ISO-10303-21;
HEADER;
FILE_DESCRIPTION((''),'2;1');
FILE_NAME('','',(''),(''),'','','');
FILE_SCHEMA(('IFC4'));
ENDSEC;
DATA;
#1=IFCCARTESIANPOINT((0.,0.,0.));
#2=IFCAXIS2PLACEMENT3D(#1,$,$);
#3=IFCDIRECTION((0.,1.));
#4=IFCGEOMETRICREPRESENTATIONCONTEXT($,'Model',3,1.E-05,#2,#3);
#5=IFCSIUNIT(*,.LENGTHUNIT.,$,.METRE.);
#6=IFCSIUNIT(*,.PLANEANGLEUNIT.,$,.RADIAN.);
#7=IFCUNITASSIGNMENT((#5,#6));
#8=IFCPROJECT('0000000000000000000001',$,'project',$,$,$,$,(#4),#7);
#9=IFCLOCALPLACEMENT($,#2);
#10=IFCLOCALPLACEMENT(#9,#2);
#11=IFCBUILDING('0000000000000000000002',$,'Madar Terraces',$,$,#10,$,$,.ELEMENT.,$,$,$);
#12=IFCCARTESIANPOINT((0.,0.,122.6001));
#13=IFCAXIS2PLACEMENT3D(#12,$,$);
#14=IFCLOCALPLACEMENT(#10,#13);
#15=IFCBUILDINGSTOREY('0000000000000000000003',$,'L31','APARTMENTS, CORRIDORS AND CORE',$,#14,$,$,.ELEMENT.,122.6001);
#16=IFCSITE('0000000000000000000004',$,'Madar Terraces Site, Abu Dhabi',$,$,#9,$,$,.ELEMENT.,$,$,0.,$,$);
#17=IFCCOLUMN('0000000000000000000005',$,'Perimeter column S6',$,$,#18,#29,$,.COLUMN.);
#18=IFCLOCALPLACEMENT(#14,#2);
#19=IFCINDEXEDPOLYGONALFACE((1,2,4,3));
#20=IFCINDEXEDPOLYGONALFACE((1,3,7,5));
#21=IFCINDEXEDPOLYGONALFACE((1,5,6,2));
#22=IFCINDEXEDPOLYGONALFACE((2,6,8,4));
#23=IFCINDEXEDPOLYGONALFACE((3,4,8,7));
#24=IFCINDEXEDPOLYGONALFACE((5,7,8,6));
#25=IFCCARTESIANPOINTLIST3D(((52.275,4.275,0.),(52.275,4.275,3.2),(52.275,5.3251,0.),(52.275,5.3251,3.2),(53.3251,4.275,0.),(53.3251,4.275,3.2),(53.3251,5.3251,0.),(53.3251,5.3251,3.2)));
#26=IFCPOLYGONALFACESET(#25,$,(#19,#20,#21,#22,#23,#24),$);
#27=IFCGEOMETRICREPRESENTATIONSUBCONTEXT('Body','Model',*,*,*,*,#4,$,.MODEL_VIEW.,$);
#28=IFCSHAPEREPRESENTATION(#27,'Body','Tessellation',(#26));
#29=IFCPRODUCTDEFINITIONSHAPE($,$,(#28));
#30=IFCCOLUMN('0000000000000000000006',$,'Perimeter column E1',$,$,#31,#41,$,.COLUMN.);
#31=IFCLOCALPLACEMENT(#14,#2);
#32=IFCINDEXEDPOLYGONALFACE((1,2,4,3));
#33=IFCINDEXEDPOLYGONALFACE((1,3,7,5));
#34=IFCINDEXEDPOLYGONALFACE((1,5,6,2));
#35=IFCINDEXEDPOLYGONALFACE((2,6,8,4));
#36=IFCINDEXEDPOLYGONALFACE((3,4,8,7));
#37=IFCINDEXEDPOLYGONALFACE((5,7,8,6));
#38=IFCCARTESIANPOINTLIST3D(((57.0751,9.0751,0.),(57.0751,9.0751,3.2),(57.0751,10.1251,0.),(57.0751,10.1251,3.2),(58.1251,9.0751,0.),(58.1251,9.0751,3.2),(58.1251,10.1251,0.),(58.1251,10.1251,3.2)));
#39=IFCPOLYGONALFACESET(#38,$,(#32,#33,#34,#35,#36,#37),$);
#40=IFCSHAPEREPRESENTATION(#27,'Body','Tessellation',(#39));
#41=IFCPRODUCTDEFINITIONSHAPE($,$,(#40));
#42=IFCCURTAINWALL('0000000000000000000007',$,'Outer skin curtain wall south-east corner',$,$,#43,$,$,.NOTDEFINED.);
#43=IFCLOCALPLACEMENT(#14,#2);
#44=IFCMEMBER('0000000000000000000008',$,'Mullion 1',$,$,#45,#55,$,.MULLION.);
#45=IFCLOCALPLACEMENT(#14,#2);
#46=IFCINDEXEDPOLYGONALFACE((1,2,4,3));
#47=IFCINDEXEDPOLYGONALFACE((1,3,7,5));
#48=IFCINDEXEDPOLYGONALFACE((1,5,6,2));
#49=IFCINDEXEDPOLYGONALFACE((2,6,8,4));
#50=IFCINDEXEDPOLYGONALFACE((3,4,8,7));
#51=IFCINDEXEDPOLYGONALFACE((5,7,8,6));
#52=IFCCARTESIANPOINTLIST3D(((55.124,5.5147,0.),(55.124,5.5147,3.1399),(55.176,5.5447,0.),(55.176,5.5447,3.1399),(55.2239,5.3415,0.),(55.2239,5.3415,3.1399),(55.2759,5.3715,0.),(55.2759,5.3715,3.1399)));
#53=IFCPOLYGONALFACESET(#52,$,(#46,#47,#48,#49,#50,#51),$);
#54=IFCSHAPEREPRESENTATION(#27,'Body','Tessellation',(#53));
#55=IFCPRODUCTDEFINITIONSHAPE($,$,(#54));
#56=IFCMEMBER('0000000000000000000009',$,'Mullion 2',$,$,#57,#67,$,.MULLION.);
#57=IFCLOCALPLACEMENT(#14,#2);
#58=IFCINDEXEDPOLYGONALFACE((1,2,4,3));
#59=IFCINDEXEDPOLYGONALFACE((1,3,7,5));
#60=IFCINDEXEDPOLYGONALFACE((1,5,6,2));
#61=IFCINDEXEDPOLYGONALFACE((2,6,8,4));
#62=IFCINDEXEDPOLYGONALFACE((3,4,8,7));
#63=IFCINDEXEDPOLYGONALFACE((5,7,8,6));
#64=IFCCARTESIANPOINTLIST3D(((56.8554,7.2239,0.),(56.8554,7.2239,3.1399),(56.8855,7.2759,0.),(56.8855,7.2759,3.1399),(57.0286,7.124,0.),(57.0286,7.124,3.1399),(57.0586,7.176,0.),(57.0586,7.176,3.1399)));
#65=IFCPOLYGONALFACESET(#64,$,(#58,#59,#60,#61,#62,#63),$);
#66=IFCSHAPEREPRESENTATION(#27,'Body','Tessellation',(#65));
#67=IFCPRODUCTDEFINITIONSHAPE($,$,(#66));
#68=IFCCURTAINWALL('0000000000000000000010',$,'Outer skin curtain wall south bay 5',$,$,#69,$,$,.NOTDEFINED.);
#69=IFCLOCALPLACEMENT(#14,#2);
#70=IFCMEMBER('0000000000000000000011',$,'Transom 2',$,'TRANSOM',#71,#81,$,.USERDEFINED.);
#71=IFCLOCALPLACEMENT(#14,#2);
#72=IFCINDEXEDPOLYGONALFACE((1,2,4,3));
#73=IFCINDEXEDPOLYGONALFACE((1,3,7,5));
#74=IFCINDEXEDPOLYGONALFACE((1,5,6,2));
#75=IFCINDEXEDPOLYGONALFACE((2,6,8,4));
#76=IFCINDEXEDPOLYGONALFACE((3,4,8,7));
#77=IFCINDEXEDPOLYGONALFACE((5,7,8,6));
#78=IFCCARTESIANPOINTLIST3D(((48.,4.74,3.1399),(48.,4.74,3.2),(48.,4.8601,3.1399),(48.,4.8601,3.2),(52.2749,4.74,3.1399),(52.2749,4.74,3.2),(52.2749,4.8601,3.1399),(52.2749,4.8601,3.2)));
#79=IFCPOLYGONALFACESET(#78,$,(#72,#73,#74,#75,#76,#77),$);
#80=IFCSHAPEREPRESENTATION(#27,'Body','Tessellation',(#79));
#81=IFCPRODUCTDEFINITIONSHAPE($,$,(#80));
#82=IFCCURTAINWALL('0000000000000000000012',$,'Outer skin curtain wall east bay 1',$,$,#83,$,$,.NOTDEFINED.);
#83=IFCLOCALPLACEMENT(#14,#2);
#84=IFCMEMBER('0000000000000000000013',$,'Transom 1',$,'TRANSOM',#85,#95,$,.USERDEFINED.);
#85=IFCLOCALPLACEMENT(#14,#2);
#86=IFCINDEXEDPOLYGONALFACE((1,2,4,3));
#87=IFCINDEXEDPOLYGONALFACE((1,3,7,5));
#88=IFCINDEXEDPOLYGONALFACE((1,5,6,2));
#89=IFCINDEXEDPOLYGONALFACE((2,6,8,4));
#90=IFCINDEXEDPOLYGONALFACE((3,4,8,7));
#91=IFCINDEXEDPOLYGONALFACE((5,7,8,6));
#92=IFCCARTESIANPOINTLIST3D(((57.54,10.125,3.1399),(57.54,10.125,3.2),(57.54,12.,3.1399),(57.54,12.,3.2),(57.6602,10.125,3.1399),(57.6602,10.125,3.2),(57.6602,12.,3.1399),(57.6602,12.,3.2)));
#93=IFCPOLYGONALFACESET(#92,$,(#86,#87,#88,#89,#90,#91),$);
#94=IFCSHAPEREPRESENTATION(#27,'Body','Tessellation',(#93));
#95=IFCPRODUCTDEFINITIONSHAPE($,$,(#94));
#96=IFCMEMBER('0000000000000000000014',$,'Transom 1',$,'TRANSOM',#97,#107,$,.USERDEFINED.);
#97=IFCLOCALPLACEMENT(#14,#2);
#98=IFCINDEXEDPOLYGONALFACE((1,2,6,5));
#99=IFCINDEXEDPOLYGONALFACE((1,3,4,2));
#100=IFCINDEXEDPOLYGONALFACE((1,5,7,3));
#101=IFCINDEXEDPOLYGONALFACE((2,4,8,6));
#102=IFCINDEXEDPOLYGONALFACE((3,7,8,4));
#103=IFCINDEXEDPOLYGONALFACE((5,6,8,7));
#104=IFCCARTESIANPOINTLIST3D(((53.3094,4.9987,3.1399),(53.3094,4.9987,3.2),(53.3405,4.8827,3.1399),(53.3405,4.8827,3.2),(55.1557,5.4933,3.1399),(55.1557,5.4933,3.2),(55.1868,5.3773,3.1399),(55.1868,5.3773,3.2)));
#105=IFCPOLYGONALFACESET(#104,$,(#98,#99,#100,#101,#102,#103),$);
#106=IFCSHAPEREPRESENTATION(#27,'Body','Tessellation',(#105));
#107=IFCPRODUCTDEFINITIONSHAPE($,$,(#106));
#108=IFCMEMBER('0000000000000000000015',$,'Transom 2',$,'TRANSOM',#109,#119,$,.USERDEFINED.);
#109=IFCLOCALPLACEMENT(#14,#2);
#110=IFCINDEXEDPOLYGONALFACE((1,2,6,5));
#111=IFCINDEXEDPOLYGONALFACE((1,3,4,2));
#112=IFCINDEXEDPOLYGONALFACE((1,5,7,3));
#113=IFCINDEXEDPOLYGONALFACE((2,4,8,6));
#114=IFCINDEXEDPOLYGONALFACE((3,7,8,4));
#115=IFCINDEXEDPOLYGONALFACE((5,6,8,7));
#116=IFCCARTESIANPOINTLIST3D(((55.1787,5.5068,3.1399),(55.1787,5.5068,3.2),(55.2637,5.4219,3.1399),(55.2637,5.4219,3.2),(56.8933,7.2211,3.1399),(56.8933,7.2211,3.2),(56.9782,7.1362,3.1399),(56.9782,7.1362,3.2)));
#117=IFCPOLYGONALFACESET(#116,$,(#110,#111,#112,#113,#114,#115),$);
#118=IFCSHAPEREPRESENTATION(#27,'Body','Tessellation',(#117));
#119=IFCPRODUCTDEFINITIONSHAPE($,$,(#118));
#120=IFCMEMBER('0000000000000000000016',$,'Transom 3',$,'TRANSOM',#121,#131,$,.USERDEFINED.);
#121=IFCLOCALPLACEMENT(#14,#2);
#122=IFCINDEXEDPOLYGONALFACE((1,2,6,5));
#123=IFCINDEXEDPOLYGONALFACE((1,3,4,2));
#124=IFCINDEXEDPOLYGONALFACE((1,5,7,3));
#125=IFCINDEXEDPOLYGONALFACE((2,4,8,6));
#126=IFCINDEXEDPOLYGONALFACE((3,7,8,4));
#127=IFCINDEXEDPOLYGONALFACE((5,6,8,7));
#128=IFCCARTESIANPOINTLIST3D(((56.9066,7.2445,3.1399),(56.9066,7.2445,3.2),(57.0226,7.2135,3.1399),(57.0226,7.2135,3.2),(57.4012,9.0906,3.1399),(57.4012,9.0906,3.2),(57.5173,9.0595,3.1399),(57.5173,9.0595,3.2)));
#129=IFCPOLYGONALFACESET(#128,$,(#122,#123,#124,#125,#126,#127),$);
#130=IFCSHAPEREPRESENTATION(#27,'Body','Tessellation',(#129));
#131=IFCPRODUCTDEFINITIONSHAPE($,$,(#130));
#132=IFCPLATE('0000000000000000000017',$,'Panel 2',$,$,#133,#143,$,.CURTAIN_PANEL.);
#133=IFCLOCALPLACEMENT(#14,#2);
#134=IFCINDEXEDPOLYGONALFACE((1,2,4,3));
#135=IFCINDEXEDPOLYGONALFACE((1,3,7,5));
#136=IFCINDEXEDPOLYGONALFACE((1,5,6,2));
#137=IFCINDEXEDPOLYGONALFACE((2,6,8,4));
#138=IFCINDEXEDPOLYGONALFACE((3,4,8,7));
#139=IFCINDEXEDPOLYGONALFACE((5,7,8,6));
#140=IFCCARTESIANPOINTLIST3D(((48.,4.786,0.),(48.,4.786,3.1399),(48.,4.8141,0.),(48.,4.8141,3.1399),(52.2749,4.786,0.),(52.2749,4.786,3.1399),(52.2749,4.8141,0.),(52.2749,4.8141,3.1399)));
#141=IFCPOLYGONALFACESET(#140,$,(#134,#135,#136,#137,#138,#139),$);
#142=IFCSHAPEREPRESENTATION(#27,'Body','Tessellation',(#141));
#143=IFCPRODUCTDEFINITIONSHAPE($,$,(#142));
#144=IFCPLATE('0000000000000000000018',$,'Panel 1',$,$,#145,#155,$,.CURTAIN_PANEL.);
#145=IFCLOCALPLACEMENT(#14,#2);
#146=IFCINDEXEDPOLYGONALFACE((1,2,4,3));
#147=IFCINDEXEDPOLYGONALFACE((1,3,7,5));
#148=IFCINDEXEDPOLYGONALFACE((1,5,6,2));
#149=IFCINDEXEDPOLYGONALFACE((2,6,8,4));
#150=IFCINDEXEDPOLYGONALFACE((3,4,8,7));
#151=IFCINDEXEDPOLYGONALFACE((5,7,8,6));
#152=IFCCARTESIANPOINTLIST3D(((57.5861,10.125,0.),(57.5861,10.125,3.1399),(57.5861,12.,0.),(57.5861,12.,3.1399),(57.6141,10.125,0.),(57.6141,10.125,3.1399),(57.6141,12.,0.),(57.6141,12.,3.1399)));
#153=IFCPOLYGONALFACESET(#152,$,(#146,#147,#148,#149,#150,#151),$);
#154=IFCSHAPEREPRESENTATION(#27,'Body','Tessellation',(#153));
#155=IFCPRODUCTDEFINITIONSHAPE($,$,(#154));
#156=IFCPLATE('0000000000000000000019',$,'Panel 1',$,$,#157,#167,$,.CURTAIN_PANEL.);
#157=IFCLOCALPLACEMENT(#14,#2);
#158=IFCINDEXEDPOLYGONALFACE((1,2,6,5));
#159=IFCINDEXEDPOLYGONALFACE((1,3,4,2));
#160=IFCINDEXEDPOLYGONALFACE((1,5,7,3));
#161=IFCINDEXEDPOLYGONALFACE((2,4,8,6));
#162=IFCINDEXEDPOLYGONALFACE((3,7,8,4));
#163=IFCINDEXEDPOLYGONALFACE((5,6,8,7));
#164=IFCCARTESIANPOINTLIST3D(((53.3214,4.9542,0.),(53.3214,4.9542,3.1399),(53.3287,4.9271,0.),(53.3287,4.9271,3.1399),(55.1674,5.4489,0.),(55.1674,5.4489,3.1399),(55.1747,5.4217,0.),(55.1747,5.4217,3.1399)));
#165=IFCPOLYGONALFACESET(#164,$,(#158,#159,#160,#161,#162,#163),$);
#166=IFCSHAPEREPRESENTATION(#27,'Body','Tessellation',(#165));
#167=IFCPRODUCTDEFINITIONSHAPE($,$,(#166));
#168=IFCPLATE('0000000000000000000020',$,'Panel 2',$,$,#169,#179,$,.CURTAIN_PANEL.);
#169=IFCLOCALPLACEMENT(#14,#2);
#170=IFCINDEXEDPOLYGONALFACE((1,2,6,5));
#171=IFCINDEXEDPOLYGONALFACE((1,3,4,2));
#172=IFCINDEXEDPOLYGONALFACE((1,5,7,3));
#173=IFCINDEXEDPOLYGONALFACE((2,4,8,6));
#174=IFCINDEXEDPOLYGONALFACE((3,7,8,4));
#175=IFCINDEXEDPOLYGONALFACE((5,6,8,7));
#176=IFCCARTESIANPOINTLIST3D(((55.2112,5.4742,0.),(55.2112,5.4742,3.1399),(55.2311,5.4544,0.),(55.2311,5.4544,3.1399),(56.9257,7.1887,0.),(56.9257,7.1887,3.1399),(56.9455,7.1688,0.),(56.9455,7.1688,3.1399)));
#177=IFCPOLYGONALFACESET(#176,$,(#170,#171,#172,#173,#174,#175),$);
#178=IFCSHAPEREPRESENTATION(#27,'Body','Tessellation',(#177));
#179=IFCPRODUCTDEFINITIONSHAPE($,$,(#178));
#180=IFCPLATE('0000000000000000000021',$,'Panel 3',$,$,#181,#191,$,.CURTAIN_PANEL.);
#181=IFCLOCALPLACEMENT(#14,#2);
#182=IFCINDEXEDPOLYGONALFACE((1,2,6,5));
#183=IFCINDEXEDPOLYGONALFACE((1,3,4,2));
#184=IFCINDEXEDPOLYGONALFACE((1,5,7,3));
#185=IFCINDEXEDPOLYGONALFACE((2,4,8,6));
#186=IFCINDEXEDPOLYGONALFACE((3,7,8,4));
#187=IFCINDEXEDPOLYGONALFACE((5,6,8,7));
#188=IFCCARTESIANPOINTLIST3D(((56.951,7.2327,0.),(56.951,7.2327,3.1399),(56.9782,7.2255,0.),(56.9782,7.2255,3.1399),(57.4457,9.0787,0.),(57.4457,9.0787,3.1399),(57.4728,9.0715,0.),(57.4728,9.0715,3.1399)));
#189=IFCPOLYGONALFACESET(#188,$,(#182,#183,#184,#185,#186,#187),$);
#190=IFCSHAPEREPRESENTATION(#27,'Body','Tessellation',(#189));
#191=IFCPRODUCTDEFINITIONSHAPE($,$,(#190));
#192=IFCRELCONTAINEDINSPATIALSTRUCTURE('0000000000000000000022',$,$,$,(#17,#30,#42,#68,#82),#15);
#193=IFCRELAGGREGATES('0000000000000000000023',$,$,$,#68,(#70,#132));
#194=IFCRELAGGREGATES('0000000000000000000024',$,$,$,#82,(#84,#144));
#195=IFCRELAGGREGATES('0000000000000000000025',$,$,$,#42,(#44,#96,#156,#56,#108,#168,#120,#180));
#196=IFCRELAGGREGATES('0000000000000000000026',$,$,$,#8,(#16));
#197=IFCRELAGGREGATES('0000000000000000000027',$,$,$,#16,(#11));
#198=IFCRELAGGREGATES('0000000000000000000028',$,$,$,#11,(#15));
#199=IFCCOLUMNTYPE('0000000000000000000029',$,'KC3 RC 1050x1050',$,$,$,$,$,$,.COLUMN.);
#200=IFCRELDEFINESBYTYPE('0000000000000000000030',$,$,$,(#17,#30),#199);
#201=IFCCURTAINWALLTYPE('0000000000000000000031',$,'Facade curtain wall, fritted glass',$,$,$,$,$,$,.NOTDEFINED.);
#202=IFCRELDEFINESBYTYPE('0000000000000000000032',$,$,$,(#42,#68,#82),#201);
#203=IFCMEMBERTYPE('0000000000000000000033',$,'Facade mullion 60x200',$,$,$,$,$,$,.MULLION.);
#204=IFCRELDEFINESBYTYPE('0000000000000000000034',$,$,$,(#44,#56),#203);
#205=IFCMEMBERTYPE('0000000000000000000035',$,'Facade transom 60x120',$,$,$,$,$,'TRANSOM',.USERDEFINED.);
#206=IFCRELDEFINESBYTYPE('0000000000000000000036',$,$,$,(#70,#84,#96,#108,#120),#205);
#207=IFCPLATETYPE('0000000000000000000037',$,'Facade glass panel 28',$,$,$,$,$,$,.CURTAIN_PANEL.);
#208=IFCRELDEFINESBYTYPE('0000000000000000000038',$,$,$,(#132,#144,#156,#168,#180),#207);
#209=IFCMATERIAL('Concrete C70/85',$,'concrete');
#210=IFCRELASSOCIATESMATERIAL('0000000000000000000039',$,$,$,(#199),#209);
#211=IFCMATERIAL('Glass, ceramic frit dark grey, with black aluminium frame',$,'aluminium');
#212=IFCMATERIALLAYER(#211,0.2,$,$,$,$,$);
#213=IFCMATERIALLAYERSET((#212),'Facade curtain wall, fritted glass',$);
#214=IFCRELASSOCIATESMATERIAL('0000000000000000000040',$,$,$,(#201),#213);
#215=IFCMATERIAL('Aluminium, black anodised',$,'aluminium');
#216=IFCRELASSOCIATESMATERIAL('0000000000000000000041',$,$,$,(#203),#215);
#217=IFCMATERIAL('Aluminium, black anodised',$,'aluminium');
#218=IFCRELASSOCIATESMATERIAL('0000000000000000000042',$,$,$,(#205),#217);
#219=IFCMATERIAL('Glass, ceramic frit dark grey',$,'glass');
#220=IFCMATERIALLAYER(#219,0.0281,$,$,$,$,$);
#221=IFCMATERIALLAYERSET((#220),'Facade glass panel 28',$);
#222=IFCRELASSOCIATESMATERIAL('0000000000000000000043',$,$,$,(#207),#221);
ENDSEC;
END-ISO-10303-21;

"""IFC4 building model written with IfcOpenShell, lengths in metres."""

from ifc_helpers import new_model, si_unit, direction, frame, origin, origin_2d, place, context, subcontext, project, spatial, rectangle, extrude, material, layer, layer_set, material_profile, profile_set, type_object, element, aggregate, save


model = new_model("IFC4")

# Units and contexts
model_context = context("Model", 3, precision=1e-05, world=origin(), true_north=direction((0.0, 1.0)))
body_context = subcontext(model_context, "Body", "Model", "MODEL_VIEW")
ifc_project = project(units=[si_unit("LENGTHUNIT", "METRE"), si_unit("PLANEANGLEUNIT", "RADIAN")], contexts=[model_context])

# Site, building, storey
site_placement = place(None, origin())
site = spatial("IfcSite", under=ifc_project, at=site_placement, Name="Madar Terraces Site, Abu Dhabi", CompositionType="ELEMENT", RefElevation=0.0)
building_placement = place(site_placement, origin())
building = spatial("IfcBuilding", under=site, at=building_placement, Name="Madar Terraces", CompositionType="ELEMENT")
storey_placement = place(building_placement, frame((0.0, 0.0, 122.6001)))
storey = spatial("IfcBuildingStorey", under=building, at=storey_placement, Name="L31", Description="APARTMENTS, CORRIDORS AND CORE", CompositionType="ELEMENT", Elevation=122.6001)

# Columns
ifc_material_1 = material(Name="Concrete C70/85", Category="concrete")
ifc_material_profile_1 = material_profile(ifc_material_1, rectangle(XDim=1.05, YDim=1.05, at=origin_2d()), Name="KC3 RC 1050x1050")
ifc_profile_set_1 = profile_set([ifc_material_profile_1], Name="Concrete C70/85")
column_type = type_object("IfcColumnType", Name="KC3 RC 1050x1050", PredefinedType="COLUMN", material=ifc_profile_set_1)
for number, where, z_axis, x_axis, name in (
    (1, (52.8, 4.8, 0.0), (0.0, 0.0, 1.0), (1.0, 0.0, 0.0), "Perimeter column S6"),
    (2, (57.6001, 9.6001, 0.0), (0.0, 0.0, 1.0), (1.0, 0.0, 0.0), "Perimeter column E1"),
):
    element("IfcColumn", number, at=place(storey_placement, frame(where, z_axis=z_axis, x_axis=x_axis)), inside=storey, type_object=column_type, Name=name, PredefinedType="COLUMN", context=body_context, shape_type="SweptSolid", body=[
        extrude(rectangle(XDim=1.05, YDim=1.05, at=origin_2d()), origin(), (0.0, 0.0, 1.0), 3.2),
    ])

# Curtain wall, members
ifc_material_2 = material(Name="Glass, ceramic frit dark grey, with black aluminium frame", Category="aluminium")
ifc_layer_1 = layer(ifc_material_2, 0.2)
ifc_layer_set_1 = layer_set([ifc_layer_1], Name="Facade curtain wall, fritted glass")
curtain_wall_type = type_object("IfcCurtainWallType", Name="Facade curtain wall, fritted glass", PredefinedType="NOTDEFINED", material=ifc_layer_set_1)
curtain_wall_1_placement = place(storey_placement, origin())
curtain_wall_1 = element("IfcCurtainWall", 3, at=curtain_wall_1_placement, inside=storey, type_object=curtain_wall_type, Name="Outer skin curtain wall south-east corner", PredefinedType="NOTDEFINED")
ifc_material_3 = material(Name="Aluminium, black anodised", Category="aluminium")
ifc_material_profile_2 = material_profile(ifc_material_3, rectangle(XDim=0.2, YDim=0.0601, at=origin_2d()), Name="Facade mullion 60x200")
ifc_profile_set_2 = profile_set([ifc_material_profile_2], Name="Aluminium, black anodised")
member_type_1 = type_object("IfcMemberType", Name="Facade mullion 60x200", PredefinedType="MULLION", material=ifc_profile_set_2)
member_1_placement = place(storey_placement, frame((55.2, 5.4431, 0.0), z_axis=(0.0, 0.0, 1.0), x_axis=(-0.5, 0.866025, 0.0)))
member_1 = element("IfcMember", 4, at=member_1_placement, type_object=member_type_1, Name="Mullion 1", PredefinedType="MULLION", context=body_context, shape_type="SweptSolid", body=[
    extrude(rectangle(XDim=0.2, YDim=0.0601, at=origin_2d()), origin(), (0.0, 0.0, 1.0), 3.1399),
])
member_2_placement = place(storey_placement, frame((56.957, 7.2, 0.0), z_axis=(0.0, 0.0, 1.0), x_axis=(-0.866025, 0.5, 0.0)))
member_2 = element("IfcMember", 5, at=member_2_placement, type_object=member_type_1, Name="Mullion 2", PredefinedType="MULLION", context=body_context, shape_type="SweptSolid", body=[
    extrude(rectangle(XDim=0.2, YDim=0.0601, at=origin_2d()), origin(), (0.0, 0.0, 1.0), 3.1399),
])

# Curtain walls, members
curtain_wall_2_placement = place(storey_placement, origin())
curtain_wall_2 = element("IfcCurtainWall", 6, at=curtain_wall_2_placement, inside=storey, type_object=curtain_wall_type, Name="Outer skin curtain wall south bay 5", PredefinedType="NOTDEFINED")
ifc_material_4 = material(Name="Aluminium, black anodised", Category="aluminium")
ifc_material_profile_3 = material_profile(ifc_material_4, rectangle(XDim=0.1201, YDim=0.0601, at=origin_2d()), Name="Facade transom 60x120")
ifc_profile_set_3 = profile_set([ifc_material_profile_3], Name="Aluminium, black anodised")
member_type_2 = type_object("IfcMemberType", Name="Facade transom 60x120", ElementType="TRANSOM", PredefinedType="USERDEFINED", material=ifc_profile_set_3)
member_3_placement = place(storey_placement, frame((48.0, 4.8, 3.1699), z_axis=(1.0, 0.0, 0.0), x_axis=(0.0, 1.0, 0.0)))
member_3 = element("IfcMember", 7, at=member_3_placement, type_object=member_type_2, Name="Transom 2", ObjectType="TRANSOM", PredefinedType="USERDEFINED", context=body_context, shape_type="SweptSolid", body=[
    extrude(rectangle(XDim=0.1201, YDim=0.0601, at=origin_2d()), origin(), (0.0, 0.0, 1.0), 4.2749),
])
curtain_wall_3_placement = place(storey_placement, origin())
curtain_wall_3 = element("IfcCurtainWall", 8, at=curtain_wall_3_placement, inside=storey, type_object=curtain_wall_type, Name="Outer skin curtain wall east bay 1", PredefinedType="NOTDEFINED")
member_4_placement = place(storey_placement, frame((57.6001, 10.125, 3.1699), z_axis=(0.0, 1.0, 0.0), x_axis=(-1.0, 0.0, 0.0)))
member_4 = element("IfcMember", 9, at=member_4_placement, type_object=member_type_2, Name="Transom 1", ObjectType="TRANSOM", PredefinedType="USERDEFINED", context=body_context, shape_type="SweptSolid", body=[
    extrude(rectangle(XDim=0.1201, YDim=0.0601, at=origin_2d()), origin(), (0.0, 0.0, 1.0), 1.875),
])

# Members
member_5_placement = place(storey_placement, frame((53.325, 4.9407, 3.1699), z_axis=(0.965933, 0.258791, 0.0), x_axis=(-0.258791, 0.965933, 0.0)))
member_5 = element("IfcMember", 10, at=member_5_placement, type_object=member_type_2, Name="Transom 1", ObjectType="TRANSOM", PredefinedType="USERDEFINED", context=body_context, shape_type="SweptSolid", body=[
    extrude(rectangle(XDim=0.1201, YDim=0.0601, at=origin_2d()), origin(), (0.0, 0.0, 1.0), 1.9114),
])
member_6_placement = place(storey_placement, frame((55.2212, 5.4644, 3.1699), z_axis=(0.707157, 0.707056, 0.0), x_axis=(-0.707056, 0.707157, 0.0)))
member_6 = element("IfcMember", 11, at=member_6_placement, type_object=member_type_2, Name="Transom 2", ObjectType="TRANSOM", PredefinedType="USERDEFINED", context=body_context, shape_type="SweptSolid", body=[
    extrude(rectangle(XDim=0.1201, YDim=0.0601, at=origin_2d()), origin(), (0.0, 0.0, 1.0), 2.4246),
])
member_7_placement = place(storey_placement, frame((56.9646, 7.229, 3.1699), z_axis=(0.258823, 0.965925, 0.0), x_axis=(-0.965925, 0.258823, 0.0)))
member_7 = element("IfcMember", 12, at=member_7_placement, type_object=member_type_2, Name="Transom 3", ObjectType="TRANSOM", PredefinedType="USERDEFINED", context=body_context, shape_type="SweptSolid", body=[
    extrude(rectangle(XDim=0.1201, YDim=0.0601, at=origin_2d()), origin(), (0.0, 0.0, 1.0), 1.9111),
])

# Plates
ifc_material_5 = material(Name="Glass, ceramic frit dark grey", Category="glass")
ifc_layer_2 = layer(ifc_material_5, 0.0281)
ifc_layer_set_2 = layer_set([ifc_layer_2], Name="Facade glass panel 28")
plate_type = type_object("IfcPlateType", Name="Facade glass panel 28", PredefinedType="CURTAIN_PANEL", material=ifc_layer_set_2)
plate_1_placement = place(storey_placement, frame((50.1375, 4.8, 0.0), z_axis=(0.0, 0.0, 1.0), x_axis=(1.0, 0.0, 0.0)))
plate_1 = element("IfcPlate", 13, at=plate_1_placement, type_object=plate_type, Name="Panel 2", PredefinedType="CURTAIN_PANEL", context=body_context, shape_type="SweptSolid", body=[
    extrude(rectangle(XDim=4.2749, YDim=0.0281, at=origin_2d()), origin(), (0.0, 0.0, 1.0), 3.1399),
])
aggregate(curtain_wall_2, [member_3, plate_1])
plate_2_placement = place(storey_placement, frame((57.6001, 11.0625, 0.0), z_axis=(0.0, 0.0, 1.0), x_axis=(0.0, 1.0, 0.0)))
plate_2 = element("IfcPlate", 14, at=plate_2_placement, type_object=plate_type, Name="Panel 1", PredefinedType="CURTAIN_PANEL", context=body_context, shape_type="SweptSolid", body=[
    extrude(rectangle(XDim=1.875, YDim=0.0281, at=origin_2d()), origin(), (0.0, 0.0, 1.0), 3.1399),
])
aggregate(curtain_wall_3, [member_4, plate_2])
plate_3_placement = place(storey_placement, frame((54.248, 5.188, 0.0), z_axis=(0.0, 0.0, 1.0), x_axis=(0.965926, 0.258819, 0.0)))
plate_3 = element("IfcPlate", 15, at=plate_3_placement, type_object=plate_type, Name="Panel 1", PredefinedType="CURTAIN_PANEL", context=body_context, shape_type="SweptSolid", body=[
    extrude(rectangle(XDim=1.9111, YDim=0.0281, at=origin_2d()), origin(), (0.0, 0.0, 1.0), 3.1399),
])
plate_4_placement = place(storey_placement, frame((56.0784, 6.3215, 0.0), z_axis=(0.0, 0.0, 1.0), x_axis=(0.707107, 0.707107, 0.0)))
plate_4 = element("IfcPlate", 16, at=plate_4_placement, type_object=plate_type, Name="Panel 2", PredefinedType="CURTAIN_PANEL", context=body_context, shape_type="SweptSolid", body=[
    extrude(rectangle(XDim=2.4246, YDim=0.0281, at=origin_2d()), origin(), (0.0, 0.0, 1.0), 3.1399),
])
plate_5_placement = place(storey_placement, frame((57.2119, 8.1521, 0.0), z_axis=(0.0, 0.0, 1.0), x_axis=(0.258819, 0.965926, 0.0)))
plate_5 = element("IfcPlate", 17, at=plate_5_placement, type_object=plate_type, Name="Panel 3", PredefinedType="CURTAIN_PANEL", context=body_context, shape_type="SweptSolid", body=[
    extrude(rectangle(XDim=1.9111, YDim=0.0281, at=origin_2d()), origin(), (0.0, 0.0, 1.0), 3.1399),
])
aggregate(curtain_wall_1, [member_1, member_5, plate_3, member_2, member_6, plate_4, member_7, plate_5])

save(model, "model.ifc")
